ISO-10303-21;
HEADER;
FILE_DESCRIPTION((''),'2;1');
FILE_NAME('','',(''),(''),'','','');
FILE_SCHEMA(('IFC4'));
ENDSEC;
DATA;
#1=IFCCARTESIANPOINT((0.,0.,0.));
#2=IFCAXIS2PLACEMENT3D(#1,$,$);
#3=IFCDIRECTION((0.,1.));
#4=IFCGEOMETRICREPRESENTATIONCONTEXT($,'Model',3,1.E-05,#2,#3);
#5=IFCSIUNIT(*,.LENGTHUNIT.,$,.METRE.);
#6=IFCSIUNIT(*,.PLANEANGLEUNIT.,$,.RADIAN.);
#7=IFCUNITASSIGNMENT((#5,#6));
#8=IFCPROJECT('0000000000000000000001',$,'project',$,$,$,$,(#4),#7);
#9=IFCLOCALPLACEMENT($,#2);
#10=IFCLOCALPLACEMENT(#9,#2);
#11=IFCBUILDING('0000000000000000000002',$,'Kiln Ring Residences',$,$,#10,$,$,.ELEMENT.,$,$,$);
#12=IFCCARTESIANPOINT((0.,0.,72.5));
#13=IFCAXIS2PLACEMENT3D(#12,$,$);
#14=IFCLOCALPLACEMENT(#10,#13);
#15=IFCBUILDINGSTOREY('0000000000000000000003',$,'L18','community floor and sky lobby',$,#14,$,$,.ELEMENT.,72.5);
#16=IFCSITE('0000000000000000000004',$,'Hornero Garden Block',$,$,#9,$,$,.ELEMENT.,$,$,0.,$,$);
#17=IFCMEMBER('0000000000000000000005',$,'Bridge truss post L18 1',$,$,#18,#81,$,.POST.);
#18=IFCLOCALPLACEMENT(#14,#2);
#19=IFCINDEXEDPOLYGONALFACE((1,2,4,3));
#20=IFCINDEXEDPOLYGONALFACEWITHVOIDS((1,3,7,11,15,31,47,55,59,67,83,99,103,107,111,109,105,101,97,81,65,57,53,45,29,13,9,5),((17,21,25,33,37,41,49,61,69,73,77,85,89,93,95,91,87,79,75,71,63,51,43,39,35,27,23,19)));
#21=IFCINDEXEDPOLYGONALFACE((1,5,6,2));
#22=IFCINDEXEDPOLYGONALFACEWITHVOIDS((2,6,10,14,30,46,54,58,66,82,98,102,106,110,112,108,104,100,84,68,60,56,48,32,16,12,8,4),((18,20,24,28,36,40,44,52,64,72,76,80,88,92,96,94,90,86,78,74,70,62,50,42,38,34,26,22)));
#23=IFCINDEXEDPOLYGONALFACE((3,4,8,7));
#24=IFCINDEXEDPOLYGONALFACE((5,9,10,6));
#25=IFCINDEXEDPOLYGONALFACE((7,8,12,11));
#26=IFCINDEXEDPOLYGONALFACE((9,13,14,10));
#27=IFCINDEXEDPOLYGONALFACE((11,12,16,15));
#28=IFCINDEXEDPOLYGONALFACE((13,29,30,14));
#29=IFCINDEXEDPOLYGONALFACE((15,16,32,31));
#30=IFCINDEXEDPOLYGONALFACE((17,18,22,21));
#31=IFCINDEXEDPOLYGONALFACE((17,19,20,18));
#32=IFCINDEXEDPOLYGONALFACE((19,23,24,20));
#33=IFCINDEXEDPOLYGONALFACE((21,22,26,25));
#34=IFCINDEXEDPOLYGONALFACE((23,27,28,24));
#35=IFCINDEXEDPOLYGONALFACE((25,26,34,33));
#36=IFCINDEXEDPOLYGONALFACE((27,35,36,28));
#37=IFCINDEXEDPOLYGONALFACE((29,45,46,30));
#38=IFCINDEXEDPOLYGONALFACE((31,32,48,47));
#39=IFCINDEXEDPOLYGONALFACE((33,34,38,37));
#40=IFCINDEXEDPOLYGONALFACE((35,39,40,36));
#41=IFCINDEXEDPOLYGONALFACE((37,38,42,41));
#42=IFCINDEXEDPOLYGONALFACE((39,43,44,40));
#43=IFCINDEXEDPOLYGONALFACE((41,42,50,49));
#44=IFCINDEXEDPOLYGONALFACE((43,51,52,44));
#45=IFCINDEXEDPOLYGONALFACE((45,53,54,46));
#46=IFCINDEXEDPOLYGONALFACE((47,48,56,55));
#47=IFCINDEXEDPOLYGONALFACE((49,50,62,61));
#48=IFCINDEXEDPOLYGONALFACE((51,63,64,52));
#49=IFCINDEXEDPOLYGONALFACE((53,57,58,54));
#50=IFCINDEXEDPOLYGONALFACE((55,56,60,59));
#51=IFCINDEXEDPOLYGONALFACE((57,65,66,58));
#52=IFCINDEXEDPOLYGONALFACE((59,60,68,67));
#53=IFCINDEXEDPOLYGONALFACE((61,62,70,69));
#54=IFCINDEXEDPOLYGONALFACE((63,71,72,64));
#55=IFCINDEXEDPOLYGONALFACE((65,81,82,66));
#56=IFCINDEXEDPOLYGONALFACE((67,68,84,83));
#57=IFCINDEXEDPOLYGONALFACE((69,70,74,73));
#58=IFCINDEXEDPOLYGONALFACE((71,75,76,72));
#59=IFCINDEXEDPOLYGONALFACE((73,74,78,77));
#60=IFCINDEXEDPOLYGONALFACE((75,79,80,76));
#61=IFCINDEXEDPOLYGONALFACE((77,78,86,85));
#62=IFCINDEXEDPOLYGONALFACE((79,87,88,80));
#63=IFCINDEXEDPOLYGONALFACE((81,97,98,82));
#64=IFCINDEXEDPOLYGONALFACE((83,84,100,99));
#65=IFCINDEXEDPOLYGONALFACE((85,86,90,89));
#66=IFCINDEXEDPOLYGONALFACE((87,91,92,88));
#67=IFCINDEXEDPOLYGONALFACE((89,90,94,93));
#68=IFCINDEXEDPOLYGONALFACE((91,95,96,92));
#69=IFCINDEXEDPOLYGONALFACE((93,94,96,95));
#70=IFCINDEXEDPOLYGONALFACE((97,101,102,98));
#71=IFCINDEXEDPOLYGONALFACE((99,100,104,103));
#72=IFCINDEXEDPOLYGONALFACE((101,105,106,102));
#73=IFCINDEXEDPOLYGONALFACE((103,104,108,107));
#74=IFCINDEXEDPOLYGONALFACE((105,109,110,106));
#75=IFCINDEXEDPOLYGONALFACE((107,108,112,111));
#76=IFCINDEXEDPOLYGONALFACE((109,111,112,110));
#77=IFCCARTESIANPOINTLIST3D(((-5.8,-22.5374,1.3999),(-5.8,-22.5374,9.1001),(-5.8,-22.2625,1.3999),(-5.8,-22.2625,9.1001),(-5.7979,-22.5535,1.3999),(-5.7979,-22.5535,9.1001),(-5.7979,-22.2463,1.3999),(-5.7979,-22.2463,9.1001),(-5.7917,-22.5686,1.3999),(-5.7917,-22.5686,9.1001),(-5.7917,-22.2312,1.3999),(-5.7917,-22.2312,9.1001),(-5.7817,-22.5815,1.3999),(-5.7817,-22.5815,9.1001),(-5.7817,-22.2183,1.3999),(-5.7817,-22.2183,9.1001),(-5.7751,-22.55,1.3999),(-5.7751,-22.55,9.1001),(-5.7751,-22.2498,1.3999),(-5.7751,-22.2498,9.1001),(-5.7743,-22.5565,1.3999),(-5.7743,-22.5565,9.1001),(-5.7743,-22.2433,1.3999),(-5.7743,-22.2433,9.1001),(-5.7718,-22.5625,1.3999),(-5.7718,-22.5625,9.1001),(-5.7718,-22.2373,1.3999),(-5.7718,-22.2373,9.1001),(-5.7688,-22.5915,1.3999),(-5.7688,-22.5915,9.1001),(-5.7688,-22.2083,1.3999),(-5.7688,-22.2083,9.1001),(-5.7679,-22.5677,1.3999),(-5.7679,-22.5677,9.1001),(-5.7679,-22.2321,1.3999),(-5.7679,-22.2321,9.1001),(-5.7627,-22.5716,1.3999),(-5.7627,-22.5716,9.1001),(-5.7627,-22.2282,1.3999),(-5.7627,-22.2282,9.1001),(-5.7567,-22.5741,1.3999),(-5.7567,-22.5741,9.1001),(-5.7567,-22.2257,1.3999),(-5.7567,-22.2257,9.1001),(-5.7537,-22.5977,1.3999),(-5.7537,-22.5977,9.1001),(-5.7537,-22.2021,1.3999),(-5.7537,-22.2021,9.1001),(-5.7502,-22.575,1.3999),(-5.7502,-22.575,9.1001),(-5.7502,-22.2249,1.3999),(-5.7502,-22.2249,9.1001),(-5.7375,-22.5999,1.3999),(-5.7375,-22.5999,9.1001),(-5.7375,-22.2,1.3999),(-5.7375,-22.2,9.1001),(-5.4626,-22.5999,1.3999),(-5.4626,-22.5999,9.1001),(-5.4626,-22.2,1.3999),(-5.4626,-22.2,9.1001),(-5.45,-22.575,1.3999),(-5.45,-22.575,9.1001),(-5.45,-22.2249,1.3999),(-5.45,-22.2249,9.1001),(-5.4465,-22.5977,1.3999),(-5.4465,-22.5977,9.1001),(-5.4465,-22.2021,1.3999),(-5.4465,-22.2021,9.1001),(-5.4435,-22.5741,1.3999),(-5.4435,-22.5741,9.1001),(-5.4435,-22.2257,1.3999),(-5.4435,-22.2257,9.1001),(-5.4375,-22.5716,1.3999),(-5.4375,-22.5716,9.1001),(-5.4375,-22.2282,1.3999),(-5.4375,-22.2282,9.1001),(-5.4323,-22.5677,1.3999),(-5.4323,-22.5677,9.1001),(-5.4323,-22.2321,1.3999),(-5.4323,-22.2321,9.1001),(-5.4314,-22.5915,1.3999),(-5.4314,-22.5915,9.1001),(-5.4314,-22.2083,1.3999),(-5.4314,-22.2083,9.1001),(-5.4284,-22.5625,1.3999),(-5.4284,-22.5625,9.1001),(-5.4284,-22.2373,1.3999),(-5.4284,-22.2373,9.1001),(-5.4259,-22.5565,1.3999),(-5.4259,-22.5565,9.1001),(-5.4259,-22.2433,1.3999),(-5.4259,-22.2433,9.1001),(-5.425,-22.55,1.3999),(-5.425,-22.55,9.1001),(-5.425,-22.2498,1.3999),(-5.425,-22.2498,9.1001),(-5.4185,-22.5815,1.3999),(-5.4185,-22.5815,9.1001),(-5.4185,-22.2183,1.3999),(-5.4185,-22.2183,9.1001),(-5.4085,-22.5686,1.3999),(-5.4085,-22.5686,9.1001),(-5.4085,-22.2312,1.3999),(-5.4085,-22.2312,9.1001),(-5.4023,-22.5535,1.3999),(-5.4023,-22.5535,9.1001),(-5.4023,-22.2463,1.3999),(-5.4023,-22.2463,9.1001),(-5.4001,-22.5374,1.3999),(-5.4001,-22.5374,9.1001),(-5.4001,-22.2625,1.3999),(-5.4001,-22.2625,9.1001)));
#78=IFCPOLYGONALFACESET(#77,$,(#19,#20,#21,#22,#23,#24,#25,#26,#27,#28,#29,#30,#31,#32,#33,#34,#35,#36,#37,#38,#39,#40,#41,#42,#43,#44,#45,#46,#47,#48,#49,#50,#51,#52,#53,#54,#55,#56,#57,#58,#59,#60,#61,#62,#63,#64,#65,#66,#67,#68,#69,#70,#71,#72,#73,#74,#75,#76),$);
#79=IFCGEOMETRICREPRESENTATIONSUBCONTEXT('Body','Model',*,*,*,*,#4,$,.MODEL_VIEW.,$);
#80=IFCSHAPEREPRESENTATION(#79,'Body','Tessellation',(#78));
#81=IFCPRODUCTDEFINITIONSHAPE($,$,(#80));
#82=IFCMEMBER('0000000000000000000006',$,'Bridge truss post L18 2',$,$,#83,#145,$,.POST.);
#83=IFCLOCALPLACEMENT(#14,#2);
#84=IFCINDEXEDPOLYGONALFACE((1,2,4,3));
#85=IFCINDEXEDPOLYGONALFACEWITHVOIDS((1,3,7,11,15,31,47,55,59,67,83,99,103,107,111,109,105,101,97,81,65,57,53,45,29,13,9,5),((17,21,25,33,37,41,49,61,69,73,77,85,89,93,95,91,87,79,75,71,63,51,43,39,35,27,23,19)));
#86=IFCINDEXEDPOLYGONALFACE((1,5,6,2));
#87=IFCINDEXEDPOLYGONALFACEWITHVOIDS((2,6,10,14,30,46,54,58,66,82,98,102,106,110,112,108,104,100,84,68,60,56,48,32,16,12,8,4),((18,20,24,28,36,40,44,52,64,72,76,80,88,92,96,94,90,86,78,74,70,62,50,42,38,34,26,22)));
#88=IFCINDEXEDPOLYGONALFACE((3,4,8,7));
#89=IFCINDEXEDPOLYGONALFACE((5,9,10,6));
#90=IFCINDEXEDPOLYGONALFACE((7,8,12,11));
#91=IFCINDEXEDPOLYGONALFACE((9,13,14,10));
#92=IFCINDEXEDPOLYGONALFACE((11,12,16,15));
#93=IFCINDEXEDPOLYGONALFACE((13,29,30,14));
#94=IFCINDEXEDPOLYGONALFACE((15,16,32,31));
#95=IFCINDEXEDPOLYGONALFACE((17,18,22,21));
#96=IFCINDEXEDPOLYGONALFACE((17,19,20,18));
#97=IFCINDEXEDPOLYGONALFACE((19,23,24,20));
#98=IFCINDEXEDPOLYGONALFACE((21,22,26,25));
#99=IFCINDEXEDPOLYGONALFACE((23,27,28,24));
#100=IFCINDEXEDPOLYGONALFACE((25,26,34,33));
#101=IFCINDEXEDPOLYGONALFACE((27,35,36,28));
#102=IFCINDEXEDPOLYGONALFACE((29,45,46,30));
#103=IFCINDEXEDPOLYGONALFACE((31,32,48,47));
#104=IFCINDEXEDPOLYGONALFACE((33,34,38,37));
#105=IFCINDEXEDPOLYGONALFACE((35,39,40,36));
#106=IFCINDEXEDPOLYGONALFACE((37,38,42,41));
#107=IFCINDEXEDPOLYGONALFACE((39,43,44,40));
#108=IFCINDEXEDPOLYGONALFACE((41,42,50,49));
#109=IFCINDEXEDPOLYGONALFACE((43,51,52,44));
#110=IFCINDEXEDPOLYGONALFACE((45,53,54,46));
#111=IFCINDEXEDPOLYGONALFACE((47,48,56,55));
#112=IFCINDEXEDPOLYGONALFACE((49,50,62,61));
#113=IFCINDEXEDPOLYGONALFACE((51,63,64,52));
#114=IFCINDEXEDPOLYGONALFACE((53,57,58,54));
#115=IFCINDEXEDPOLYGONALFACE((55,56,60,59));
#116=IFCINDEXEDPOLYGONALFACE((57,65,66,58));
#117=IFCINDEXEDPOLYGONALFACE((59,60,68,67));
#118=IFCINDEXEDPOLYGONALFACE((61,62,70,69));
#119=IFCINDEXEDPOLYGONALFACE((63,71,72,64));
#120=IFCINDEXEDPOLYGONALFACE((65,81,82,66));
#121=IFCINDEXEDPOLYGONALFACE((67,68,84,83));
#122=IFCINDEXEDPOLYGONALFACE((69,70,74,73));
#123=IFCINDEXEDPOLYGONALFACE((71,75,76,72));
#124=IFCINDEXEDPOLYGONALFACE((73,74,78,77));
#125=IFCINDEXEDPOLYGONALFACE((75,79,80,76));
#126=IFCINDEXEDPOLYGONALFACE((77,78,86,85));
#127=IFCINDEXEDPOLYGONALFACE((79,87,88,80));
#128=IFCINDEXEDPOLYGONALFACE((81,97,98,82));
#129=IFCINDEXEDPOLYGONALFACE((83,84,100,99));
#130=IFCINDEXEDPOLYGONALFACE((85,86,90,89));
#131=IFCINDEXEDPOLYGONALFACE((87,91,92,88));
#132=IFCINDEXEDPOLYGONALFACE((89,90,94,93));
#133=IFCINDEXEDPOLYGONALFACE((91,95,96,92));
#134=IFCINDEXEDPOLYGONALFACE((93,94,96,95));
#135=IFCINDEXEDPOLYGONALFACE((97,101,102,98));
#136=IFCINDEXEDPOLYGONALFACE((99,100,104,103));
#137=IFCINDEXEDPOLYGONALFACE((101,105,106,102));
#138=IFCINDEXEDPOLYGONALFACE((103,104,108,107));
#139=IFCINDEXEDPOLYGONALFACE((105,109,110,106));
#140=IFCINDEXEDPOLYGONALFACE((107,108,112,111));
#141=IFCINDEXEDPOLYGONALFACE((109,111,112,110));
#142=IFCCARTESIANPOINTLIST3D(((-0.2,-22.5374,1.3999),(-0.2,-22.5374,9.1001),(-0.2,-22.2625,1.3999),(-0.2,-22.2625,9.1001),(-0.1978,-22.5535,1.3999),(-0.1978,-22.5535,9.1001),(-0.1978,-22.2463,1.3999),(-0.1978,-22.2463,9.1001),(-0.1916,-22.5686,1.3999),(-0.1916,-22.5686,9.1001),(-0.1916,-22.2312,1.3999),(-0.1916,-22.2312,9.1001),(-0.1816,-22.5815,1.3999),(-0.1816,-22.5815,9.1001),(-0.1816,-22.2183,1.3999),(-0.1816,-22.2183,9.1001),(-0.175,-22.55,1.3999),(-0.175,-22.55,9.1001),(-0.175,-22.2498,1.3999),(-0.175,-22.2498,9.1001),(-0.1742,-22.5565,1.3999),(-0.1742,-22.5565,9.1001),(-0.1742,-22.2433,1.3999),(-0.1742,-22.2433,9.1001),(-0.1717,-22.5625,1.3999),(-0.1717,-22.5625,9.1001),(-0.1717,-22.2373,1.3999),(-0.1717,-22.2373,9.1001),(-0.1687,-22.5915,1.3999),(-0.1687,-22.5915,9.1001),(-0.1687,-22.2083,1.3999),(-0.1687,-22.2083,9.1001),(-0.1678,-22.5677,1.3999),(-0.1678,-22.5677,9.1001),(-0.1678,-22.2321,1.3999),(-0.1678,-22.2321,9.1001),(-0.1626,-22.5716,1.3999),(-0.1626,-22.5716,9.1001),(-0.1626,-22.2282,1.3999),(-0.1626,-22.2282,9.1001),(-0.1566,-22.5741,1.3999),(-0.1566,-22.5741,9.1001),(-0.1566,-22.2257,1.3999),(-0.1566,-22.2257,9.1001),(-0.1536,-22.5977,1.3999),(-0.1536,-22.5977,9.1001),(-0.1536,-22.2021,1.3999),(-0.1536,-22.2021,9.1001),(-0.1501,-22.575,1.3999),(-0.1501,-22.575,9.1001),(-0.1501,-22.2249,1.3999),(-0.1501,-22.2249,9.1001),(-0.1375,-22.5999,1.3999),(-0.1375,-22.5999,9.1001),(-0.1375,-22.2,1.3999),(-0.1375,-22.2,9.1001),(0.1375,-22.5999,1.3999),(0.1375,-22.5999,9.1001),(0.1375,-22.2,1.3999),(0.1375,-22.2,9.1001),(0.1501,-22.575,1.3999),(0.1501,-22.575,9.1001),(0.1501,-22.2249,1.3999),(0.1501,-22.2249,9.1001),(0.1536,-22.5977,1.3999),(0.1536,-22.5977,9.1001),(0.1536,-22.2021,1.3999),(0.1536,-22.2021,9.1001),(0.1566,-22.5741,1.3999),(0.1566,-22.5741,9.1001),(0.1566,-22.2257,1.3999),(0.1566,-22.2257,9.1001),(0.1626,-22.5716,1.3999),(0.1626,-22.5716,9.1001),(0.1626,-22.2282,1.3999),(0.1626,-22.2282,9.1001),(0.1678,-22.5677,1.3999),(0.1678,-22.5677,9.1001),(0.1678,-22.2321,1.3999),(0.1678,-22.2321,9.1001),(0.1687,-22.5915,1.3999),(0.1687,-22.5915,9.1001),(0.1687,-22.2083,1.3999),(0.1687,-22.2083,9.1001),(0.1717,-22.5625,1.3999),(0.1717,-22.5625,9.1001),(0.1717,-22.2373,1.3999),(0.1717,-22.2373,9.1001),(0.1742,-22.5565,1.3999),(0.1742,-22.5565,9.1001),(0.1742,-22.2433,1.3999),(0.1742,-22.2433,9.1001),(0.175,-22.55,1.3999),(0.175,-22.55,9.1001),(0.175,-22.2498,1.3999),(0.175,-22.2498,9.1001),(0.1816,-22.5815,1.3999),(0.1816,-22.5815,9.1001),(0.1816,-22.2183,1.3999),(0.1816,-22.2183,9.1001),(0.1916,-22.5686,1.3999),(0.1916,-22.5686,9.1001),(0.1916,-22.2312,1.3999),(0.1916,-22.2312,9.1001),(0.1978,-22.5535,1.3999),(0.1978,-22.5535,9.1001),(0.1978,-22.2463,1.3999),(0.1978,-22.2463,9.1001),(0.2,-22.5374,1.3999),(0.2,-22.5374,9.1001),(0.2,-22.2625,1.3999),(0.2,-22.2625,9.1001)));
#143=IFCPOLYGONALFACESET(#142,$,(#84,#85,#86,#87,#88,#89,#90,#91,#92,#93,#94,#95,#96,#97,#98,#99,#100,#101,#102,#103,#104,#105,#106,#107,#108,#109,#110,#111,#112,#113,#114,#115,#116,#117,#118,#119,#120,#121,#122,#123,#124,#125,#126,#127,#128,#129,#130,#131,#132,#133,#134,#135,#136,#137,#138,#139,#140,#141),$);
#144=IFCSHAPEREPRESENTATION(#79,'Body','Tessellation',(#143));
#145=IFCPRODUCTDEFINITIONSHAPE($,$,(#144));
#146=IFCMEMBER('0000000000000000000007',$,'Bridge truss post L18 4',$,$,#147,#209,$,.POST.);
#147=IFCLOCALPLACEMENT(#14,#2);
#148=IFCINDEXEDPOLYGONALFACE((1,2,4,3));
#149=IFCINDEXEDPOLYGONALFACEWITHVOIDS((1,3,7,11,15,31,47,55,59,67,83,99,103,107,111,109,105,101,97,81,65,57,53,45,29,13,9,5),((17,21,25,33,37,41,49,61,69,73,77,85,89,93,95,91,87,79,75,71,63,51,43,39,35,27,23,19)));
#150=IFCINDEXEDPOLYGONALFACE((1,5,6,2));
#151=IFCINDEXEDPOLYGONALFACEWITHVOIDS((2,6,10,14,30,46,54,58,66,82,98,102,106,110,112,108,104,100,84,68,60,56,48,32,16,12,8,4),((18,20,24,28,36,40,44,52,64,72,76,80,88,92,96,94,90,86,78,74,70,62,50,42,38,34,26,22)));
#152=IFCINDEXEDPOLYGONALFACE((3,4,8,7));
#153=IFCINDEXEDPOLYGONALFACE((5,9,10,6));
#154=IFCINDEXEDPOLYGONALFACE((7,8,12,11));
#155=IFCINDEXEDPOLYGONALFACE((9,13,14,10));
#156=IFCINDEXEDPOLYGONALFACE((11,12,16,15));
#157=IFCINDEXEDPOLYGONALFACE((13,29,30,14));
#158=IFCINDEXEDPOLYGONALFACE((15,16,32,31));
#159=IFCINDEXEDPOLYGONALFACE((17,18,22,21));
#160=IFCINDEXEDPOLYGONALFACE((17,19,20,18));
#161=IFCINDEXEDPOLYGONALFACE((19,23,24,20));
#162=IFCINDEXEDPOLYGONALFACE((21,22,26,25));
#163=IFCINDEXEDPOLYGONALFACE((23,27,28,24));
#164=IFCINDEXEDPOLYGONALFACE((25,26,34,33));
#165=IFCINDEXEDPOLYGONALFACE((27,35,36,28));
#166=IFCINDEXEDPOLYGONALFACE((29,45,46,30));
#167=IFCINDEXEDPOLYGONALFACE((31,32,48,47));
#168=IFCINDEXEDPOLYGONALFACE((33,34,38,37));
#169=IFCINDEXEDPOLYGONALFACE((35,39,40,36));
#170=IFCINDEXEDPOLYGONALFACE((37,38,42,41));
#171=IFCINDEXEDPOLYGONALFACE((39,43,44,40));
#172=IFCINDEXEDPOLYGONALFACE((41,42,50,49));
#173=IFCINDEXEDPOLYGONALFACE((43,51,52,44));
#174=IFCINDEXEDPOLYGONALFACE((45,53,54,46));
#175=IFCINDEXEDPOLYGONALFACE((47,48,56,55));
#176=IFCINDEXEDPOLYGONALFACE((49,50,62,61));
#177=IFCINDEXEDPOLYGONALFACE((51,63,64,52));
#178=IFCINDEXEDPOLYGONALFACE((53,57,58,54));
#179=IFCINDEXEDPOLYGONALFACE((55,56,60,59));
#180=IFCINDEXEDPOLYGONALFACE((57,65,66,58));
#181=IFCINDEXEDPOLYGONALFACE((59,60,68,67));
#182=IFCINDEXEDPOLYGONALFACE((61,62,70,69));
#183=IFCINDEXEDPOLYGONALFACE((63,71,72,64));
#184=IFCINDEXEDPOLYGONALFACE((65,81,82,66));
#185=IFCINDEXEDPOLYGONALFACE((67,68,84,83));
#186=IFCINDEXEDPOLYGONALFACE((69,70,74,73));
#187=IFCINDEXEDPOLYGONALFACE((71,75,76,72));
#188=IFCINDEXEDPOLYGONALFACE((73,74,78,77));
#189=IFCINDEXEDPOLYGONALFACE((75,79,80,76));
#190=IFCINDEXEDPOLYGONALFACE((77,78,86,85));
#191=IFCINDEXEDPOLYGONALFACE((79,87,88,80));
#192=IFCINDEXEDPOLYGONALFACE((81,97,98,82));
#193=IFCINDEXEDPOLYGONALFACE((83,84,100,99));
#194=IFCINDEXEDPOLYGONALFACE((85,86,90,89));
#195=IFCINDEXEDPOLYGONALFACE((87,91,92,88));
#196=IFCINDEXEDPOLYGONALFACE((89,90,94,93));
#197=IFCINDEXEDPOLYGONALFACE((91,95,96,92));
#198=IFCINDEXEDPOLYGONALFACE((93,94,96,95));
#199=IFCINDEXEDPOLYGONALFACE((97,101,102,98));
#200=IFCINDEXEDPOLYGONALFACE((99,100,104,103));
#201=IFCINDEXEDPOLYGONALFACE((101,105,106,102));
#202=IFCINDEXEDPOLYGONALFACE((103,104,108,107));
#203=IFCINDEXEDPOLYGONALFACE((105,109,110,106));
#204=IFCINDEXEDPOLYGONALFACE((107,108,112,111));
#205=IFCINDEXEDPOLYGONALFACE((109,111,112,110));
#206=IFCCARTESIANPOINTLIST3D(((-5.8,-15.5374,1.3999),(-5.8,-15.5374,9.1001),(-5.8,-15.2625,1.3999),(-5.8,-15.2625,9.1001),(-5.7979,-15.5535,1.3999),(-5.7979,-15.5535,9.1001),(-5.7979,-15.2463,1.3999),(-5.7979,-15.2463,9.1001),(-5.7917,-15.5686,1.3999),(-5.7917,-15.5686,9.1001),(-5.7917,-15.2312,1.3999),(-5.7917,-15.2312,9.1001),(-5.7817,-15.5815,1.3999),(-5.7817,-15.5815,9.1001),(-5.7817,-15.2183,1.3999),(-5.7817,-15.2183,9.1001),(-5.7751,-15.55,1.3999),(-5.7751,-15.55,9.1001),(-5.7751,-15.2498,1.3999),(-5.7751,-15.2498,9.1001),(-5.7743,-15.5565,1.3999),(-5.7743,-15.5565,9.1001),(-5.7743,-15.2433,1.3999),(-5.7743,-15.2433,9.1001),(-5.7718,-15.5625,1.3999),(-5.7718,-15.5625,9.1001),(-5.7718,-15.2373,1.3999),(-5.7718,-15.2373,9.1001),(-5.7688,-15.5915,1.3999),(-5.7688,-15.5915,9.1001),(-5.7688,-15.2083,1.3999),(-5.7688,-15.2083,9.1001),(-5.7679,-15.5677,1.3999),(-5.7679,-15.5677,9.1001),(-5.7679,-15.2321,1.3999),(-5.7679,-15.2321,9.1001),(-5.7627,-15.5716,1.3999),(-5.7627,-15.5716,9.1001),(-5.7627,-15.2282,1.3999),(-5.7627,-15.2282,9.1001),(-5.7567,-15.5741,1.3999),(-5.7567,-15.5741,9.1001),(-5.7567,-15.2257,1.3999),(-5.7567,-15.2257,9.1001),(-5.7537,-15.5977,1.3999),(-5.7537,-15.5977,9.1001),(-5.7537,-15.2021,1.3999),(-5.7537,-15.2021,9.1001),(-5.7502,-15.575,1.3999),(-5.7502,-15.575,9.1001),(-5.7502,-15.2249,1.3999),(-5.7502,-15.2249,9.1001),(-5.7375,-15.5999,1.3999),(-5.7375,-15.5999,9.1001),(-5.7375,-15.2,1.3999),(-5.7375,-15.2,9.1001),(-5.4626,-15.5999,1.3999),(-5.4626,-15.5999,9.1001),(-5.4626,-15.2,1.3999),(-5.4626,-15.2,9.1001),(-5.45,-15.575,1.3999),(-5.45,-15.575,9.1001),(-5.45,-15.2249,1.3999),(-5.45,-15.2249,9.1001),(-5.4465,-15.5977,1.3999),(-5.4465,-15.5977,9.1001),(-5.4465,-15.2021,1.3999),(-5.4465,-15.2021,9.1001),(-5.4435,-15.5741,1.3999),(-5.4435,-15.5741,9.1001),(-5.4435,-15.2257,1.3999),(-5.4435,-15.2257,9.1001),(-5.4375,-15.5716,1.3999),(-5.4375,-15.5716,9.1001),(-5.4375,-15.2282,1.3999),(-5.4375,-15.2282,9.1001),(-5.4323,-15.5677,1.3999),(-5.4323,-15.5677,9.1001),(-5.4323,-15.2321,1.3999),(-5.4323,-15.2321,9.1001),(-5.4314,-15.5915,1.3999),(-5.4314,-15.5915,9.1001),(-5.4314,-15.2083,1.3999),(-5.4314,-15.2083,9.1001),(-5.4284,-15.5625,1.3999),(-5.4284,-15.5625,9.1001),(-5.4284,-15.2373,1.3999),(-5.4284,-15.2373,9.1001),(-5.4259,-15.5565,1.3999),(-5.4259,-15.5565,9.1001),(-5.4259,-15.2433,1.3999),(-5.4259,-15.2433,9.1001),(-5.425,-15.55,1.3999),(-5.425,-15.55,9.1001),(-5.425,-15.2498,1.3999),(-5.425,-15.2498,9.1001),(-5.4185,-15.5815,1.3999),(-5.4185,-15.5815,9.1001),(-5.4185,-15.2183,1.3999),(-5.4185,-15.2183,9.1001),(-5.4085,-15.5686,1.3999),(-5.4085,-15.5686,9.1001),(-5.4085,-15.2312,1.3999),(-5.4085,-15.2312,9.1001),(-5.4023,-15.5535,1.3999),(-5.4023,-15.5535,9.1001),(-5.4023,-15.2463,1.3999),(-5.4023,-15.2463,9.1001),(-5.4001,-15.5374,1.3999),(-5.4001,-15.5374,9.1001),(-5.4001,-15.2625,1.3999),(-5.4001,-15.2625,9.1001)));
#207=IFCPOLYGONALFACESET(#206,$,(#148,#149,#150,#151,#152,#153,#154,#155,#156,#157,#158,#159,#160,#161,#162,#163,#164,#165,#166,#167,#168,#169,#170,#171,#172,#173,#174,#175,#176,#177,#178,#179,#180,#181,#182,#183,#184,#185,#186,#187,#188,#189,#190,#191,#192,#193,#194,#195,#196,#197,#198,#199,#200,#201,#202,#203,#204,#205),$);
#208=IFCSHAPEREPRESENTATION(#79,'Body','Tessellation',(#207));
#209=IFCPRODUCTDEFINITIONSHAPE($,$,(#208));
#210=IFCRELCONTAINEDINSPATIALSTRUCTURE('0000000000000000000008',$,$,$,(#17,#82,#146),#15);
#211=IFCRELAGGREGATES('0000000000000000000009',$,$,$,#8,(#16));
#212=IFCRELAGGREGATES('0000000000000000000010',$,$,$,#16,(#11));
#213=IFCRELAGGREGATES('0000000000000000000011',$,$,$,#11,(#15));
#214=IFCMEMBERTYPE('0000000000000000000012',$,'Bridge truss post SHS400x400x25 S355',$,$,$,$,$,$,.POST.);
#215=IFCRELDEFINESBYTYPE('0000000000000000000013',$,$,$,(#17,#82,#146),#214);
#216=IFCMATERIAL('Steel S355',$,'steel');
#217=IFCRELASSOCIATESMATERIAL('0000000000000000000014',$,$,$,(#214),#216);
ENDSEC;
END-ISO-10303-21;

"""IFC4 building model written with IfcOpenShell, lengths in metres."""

from ifc_helpers import new_model, si_unit, direction, frame, origin, origin_2d, place, context, subcontext, project, spatial, hollow_rectangle, extrude, material, material_profile, profile_set, type_object, element, save


model = new_model("IFC4")

# Units and contexts
model_context = context("Model", 3, precision=1e-05, world=origin(), true_north=direction((0.0, 1.0)))
body_context = subcontext(model_context, "Body", "Model", "MODEL_VIEW")
ifc_project = project(units=[si_unit("LENGTHUNIT", "METRE"), si_unit("PLANEANGLEUNIT", "RADIAN")], contexts=[model_context])

# Site, building, storey
site_placement = place(None, origin())
site = spatial("IfcSite", under=ifc_project, at=site_placement, Name="Hornero Garden Block", CompositionType="ELEMENT", RefElevation=0.0)
building_placement = place(site_placement, origin())
building = spatial("IfcBuilding", under=site, at=building_placement, Name="Kiln Ring Residences", CompositionType="ELEMENT")
storey_placement = place(building_placement, frame((0.0, 0.0, 72.5)))
storey = spatial("IfcBuildingStorey", under=building, at=storey_placement, Name="L18", Description="community floor and sky lobby", CompositionType="ELEMENT", Elevation=72.5)

# Members
ifc_material_1 = material(Name="Steel S355", Category="steel")
ifc_material_profile_1 = material_profile(ifc_material_1, hollow_rectangle(XDim=0.3999, YDim=0.3999, WallThickness=0.0249, InnerFilletRadius=0.0249, OuterFilletRadius=0.0625, at=origin_2d()), Name="SHS400x400x25")
ifc_profile_set_1 = profile_set([ifc_material_profile_1], Name="Steel S355")
member_type_1 = type_object("IfcMemberType", Name="Bridge truss post SHS400x400x25 S355", PredefinedType="POST", material=ifc_profile_set_1)
for number, where, z_axis, x_axis, name in (
    (1, (-5.6001, -22.3999, 1.3999), (0.0, 0.0, 1.0), (1.0, 0.0, 0.0), "Bridge truss post L18 1"),
    (2, (0.0, -22.3999, 1.3999), (0.0, 0.0, 1.0), (1.0, 0.0, 0.0), "Bridge truss post L18 2"),
    (3, (-5.6001, -15.3999, 1.3999), (0.0, 0.0, 1.0), (1.0, 0.0, 0.0), "Bridge truss post L18 4"),
):
    element("IfcMember", number, at=place(storey_placement, frame(where, z_axis=z_axis, x_axis=x_axis)), inside=storey, type_object=member_type_1, Name=name, PredefinedType="POST", context=body_context, shape_type="SweptSolid", body=[
        extrude(hollow_rectangle(XDim=0.3999, YDim=0.3999, WallThickness=0.0249, InnerFilletRadius=0.0249, OuterFilletRadius=0.0625, at=origin_2d()), origin(), (0.0, 0.0, 1.0), 7.7002),
    ])

save(model, "model.ifc")
